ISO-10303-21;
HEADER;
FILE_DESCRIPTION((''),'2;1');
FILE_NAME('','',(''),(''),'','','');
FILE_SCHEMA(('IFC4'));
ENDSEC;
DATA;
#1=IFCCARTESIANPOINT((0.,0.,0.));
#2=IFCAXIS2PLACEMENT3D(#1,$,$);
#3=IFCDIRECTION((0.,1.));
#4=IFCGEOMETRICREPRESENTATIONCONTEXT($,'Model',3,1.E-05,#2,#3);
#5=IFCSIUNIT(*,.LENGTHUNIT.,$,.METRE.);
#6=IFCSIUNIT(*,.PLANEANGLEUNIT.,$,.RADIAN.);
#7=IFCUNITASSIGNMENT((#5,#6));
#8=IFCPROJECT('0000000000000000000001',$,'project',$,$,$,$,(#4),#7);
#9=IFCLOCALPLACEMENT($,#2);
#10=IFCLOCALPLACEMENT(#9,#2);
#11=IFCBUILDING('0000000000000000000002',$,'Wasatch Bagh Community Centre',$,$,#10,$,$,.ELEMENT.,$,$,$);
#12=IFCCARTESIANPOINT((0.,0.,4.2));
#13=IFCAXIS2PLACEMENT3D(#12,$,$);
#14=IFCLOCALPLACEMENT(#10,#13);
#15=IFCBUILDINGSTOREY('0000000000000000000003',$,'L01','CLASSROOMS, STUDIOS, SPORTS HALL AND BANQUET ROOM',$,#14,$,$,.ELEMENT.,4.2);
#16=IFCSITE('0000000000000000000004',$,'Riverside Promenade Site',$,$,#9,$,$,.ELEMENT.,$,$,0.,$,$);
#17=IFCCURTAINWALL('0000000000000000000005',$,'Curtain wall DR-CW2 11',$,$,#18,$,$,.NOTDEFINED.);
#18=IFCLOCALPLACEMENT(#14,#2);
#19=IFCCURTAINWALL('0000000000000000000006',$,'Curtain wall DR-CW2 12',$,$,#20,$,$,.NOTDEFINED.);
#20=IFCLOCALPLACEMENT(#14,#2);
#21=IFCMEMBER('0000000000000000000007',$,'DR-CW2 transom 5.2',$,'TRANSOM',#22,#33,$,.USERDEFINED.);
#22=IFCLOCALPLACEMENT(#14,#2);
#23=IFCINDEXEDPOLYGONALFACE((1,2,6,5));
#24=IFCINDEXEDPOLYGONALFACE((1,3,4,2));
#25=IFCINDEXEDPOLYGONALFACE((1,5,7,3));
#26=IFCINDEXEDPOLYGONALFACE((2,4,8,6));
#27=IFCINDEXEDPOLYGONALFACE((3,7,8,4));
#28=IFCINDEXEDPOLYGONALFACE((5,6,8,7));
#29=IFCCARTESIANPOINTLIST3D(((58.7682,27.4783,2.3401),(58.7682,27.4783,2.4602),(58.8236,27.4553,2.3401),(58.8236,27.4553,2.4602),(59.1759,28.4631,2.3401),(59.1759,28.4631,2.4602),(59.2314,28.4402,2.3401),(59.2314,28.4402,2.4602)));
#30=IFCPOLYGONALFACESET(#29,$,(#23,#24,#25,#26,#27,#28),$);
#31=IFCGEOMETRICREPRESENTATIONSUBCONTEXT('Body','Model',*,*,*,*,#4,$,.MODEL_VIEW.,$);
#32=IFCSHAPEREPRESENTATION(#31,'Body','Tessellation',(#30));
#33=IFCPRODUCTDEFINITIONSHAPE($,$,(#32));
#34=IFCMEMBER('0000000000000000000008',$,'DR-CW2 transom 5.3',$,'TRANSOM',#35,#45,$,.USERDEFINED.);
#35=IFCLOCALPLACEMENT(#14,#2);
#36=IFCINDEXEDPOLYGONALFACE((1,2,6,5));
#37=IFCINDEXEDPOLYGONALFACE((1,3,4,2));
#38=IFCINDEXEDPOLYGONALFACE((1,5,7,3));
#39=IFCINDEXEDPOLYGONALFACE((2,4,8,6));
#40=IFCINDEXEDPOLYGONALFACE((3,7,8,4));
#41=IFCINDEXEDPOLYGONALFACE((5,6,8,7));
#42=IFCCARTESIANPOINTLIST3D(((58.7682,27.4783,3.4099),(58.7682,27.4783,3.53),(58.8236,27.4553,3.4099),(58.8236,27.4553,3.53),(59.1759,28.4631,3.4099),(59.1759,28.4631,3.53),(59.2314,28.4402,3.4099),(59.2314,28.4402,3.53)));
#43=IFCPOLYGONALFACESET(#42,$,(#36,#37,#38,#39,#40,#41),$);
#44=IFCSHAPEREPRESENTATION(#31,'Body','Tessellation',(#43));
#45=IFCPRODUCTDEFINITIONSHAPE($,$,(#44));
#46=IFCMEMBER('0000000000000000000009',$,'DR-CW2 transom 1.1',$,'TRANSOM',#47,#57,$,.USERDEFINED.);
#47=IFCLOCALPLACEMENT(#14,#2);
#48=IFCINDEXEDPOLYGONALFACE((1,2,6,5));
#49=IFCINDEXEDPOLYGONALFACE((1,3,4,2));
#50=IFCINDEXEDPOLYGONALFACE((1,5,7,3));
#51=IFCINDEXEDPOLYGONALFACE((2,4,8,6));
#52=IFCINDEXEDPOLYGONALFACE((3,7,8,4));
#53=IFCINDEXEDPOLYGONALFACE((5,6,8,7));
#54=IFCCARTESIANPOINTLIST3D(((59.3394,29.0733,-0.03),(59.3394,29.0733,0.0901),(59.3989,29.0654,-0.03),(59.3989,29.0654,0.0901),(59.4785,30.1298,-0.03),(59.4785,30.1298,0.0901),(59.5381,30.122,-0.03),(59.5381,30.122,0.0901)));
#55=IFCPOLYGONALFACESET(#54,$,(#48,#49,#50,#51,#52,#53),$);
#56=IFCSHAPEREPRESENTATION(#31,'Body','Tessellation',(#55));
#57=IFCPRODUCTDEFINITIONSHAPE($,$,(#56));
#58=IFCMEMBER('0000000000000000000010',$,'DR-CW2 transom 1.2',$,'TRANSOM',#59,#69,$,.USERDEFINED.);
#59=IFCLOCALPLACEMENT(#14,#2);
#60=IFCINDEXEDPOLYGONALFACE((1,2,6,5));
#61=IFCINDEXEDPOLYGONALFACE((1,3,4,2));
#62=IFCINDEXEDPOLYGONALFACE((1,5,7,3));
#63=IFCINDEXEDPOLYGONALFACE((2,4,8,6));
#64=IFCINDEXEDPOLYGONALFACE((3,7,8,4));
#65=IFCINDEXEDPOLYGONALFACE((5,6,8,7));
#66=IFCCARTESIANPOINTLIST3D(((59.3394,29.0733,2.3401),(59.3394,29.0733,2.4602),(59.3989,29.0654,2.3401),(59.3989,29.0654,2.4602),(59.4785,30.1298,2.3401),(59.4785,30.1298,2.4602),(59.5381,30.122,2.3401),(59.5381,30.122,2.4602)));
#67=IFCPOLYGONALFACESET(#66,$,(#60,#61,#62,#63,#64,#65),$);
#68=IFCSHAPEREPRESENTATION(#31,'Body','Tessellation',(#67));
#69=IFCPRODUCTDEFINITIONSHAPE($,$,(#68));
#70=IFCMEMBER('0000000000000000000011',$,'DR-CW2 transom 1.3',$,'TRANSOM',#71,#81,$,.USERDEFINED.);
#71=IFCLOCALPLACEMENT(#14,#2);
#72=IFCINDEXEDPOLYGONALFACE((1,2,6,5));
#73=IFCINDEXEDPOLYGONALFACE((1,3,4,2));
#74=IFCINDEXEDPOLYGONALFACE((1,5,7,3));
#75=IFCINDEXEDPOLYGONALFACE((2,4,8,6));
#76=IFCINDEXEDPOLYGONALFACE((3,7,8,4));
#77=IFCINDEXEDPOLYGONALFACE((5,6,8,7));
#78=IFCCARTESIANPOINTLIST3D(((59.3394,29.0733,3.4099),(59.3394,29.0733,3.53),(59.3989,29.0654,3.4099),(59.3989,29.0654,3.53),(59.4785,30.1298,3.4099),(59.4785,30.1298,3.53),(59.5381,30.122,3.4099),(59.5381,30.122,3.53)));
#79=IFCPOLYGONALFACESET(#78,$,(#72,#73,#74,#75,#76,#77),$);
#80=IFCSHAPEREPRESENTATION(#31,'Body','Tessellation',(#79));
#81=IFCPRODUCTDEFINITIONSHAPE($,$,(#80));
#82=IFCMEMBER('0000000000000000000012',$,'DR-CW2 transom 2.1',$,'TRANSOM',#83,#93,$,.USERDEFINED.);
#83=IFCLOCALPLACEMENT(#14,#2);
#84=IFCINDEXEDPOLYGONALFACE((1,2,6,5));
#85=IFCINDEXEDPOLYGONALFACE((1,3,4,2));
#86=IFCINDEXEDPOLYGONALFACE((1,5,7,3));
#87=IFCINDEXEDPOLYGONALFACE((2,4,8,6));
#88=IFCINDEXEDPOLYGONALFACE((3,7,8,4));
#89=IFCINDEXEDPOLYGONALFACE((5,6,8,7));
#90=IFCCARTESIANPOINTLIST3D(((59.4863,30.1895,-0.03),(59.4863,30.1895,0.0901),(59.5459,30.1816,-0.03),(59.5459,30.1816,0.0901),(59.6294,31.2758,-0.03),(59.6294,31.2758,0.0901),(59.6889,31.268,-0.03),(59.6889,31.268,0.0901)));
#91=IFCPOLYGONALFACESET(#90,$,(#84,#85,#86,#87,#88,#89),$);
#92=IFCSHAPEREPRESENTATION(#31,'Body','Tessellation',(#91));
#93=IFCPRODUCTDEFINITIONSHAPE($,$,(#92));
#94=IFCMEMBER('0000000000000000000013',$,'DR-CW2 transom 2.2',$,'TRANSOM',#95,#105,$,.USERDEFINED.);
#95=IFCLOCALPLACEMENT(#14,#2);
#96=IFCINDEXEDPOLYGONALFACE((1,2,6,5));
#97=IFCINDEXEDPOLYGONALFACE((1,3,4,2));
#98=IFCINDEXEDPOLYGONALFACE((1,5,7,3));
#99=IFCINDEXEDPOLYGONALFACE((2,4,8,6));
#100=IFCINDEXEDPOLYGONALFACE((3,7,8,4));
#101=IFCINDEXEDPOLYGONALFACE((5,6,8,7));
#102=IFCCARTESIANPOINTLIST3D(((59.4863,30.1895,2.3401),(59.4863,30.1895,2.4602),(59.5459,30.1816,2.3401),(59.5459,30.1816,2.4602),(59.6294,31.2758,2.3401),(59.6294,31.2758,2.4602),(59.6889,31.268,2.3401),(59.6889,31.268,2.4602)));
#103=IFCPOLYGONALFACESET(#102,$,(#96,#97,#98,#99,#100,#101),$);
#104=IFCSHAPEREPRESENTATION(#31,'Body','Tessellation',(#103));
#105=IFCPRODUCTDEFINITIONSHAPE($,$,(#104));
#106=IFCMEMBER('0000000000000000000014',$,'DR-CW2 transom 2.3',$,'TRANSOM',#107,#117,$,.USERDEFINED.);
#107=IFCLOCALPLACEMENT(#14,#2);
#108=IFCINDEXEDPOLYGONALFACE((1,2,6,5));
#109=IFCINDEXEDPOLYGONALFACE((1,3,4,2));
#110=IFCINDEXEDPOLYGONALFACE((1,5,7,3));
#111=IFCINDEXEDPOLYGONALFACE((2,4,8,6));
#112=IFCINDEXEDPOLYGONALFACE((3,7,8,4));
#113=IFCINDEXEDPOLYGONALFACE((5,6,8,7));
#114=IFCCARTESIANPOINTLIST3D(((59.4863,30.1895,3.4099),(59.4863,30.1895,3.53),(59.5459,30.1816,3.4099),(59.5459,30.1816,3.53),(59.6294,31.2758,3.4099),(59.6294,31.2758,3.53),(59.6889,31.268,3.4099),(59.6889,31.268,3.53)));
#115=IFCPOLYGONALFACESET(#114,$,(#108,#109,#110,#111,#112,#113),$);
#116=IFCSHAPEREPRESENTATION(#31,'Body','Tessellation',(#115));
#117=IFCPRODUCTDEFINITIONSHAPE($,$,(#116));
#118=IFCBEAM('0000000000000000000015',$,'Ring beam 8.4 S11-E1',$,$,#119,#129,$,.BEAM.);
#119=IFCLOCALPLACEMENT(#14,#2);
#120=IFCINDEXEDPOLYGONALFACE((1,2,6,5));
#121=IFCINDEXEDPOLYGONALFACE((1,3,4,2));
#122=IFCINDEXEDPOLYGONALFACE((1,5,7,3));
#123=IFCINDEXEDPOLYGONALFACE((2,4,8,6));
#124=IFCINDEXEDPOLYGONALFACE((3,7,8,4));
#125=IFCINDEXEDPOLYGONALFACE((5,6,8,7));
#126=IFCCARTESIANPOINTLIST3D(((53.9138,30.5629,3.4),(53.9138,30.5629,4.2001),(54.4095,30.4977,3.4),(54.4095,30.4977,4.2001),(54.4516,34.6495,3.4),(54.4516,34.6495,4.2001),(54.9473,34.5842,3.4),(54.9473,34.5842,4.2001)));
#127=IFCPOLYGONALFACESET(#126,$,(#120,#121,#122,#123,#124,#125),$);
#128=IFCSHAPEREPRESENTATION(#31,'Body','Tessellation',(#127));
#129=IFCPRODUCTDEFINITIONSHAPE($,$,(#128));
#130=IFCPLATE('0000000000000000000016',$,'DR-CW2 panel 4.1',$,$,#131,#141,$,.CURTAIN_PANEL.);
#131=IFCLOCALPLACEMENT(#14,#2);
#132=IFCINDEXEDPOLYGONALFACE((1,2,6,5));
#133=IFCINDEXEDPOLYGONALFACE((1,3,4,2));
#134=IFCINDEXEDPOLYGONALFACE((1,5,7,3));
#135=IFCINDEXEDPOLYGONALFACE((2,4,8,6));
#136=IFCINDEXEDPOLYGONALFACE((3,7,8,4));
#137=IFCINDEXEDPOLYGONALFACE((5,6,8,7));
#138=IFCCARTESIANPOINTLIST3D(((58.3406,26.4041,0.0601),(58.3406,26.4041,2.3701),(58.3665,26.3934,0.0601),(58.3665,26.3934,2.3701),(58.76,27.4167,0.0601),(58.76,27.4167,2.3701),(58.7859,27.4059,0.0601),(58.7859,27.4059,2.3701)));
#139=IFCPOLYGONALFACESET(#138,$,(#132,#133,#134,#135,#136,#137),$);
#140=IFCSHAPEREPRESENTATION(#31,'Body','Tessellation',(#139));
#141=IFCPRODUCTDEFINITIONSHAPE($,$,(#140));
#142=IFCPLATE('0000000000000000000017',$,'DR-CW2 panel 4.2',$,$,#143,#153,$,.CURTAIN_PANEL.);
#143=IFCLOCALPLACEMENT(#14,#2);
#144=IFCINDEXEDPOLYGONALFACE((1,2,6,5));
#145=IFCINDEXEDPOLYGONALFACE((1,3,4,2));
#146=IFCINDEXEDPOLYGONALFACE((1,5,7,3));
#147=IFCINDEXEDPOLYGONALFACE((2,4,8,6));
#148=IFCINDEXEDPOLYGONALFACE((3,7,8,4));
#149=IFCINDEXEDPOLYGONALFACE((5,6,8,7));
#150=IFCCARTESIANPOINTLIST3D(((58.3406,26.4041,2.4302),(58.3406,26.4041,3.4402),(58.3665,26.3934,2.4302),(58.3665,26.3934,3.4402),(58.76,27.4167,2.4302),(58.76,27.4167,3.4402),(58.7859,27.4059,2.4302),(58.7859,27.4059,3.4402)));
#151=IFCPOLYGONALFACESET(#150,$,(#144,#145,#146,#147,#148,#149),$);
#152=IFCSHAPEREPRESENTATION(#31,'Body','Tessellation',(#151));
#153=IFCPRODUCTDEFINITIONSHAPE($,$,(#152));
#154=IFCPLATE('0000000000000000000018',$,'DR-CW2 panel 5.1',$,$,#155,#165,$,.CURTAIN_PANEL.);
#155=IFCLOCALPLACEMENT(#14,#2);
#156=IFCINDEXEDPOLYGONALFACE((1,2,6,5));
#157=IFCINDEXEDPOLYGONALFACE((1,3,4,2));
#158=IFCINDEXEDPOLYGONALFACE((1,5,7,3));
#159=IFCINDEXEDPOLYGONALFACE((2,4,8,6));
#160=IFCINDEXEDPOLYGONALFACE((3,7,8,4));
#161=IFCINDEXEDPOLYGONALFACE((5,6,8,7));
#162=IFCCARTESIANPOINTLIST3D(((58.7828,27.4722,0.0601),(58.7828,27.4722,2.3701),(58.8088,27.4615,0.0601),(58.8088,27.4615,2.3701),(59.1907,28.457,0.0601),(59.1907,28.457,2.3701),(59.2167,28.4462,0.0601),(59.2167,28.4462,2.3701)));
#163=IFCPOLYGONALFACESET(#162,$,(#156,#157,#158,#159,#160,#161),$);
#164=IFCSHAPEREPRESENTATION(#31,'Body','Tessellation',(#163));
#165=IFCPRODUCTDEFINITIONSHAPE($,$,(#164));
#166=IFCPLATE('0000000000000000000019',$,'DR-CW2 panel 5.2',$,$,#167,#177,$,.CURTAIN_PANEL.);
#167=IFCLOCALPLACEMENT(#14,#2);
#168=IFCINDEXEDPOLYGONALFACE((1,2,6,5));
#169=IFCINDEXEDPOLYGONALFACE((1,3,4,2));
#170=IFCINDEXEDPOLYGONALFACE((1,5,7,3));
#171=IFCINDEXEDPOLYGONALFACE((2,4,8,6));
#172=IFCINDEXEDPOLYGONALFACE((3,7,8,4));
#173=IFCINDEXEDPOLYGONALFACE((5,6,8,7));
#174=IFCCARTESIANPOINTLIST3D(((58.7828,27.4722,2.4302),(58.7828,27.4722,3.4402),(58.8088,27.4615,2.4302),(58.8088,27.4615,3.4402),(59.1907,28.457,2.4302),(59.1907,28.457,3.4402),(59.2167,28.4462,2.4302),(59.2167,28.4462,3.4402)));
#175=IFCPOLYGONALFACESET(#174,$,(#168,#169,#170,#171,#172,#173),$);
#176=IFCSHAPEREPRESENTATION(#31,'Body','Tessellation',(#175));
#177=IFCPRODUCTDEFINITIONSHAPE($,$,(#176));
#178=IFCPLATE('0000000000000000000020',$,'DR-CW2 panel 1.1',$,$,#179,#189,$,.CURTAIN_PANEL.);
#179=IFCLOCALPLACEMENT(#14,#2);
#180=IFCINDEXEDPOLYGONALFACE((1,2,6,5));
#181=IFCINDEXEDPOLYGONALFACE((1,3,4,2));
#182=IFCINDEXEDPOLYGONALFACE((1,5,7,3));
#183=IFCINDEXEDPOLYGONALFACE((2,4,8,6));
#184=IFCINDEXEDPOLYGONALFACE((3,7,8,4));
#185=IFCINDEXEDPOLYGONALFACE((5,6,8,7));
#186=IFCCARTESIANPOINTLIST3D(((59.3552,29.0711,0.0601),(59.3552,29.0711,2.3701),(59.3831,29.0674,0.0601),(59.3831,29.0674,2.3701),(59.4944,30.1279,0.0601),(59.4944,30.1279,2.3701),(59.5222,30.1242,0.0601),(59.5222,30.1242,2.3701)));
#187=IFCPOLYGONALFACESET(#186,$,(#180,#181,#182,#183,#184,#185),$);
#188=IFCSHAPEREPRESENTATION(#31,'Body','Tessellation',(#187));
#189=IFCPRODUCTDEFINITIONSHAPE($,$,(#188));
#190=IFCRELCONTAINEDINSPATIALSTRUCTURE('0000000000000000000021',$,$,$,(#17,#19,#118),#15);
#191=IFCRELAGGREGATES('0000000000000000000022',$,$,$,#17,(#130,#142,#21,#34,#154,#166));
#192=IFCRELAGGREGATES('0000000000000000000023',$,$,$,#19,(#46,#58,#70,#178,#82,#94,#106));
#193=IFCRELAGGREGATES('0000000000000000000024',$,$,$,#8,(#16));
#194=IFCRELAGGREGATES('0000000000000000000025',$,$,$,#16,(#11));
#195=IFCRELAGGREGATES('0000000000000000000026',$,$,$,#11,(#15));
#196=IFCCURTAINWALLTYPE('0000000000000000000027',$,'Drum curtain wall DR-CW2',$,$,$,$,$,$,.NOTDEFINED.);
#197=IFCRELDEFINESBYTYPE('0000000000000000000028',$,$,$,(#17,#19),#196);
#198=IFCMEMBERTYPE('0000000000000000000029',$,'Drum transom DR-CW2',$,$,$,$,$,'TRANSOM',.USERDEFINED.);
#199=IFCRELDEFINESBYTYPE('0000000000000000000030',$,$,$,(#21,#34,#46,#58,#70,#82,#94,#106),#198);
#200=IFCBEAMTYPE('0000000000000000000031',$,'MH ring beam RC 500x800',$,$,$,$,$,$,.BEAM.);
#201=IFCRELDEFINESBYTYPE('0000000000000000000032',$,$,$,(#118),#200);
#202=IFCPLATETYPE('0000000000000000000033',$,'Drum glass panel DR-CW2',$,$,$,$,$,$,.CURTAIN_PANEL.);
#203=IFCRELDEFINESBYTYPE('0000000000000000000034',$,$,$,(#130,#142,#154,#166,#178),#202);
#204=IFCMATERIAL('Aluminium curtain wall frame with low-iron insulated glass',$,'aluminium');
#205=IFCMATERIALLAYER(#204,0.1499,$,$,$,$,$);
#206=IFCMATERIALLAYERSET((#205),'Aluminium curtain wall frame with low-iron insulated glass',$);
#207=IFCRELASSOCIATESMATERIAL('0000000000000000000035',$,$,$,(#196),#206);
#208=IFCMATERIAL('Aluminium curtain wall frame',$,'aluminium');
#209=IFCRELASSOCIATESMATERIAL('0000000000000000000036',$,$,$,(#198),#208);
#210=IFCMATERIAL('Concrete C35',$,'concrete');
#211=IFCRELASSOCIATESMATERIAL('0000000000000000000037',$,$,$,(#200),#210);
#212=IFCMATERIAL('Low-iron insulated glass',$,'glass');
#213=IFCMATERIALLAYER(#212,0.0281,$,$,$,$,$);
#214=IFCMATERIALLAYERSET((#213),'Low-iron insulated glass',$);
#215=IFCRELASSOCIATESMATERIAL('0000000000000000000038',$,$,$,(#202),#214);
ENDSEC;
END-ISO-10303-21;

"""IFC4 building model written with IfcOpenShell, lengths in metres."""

from ifc_helpers import new_model, si_unit, direction, frame, origin, origin_2d, place, context, subcontext, project, spatial, rectangle, extrude, material, layer, layer_set, material_profile, profile_set, type_object, element, aggregate, save


model = new_model("IFC4")

# Units and contexts
model_context = context("Model", 3, precision=1e-05, world=origin(), true_north=direction((0.0, 1.0)))
body_context = subcontext(model_context, "Body", "Model", "MODEL_VIEW")
ifc_project = project(units=[si_unit("LENGTHUNIT", "METRE"), si_unit("PLANEANGLEUNIT", "RADIAN")], contexts=[model_context])

# Site, building, storey
site_placement = place(None, origin())
site = spatial("IfcSite", under=ifc_project, at=site_placement, Name="Riverside Promenade Site", CompositionType="ELEMENT", RefElevation=0.0)
building_placement = place(site_placement, origin())
building = spatial("IfcBuilding", under=site, at=building_placement, Name="Wasatch Bagh Community Centre", CompositionType="ELEMENT")
storey_placement = place(building_placement, frame((0.0, 0.0, 4.2)))
storey = spatial("IfcBuildingStorey", under=building, at=storey_placement, Name="L01", Description="CLASSROOMS, STUDIOS, SPORTS HALL AND BANQUET ROOM", CompositionType="ELEMENT", Elevation=4.2)

# Curtain walls
ifc_material_1 = material(Name="Aluminium curtain wall frame with low-iron insulated glass", Category="aluminium")
ifc_layer_1 = layer(ifc_material_1, 0.1499)
ifc_layer_set_1 = layer_set([ifc_layer_1], Name="Aluminium curtain wall frame with low-iron insulated glass")
curtain_wall_type = type_object("IfcCurtainWallType", Name="Drum curtain wall DR-CW2", PredefinedType="NOTDEFINED", material=ifc_layer_set_1)
curtain_wall_1_placement = place(storey_placement, origin())
curtain_wall_1 = element("IfcCurtainWall", 1, at=curtain_wall_1_placement, inside=storey, type_object=curtain_wall_type, Name="Curtain wall DR-CW2 11", PredefinedType="NOTDEFINED")
ifc_material_2 = material(Name="Aluminium curtain wall frame", Category="aluminium")
curtain_wall_2_placement = place(storey_placement, origin())
curtain_wall_2 = element("IfcCurtainWall", 2, at=curtain_wall_2_placement, inside=storey, type_object=curtain_wall_type, Name="Curtain wall DR-CW2 12", PredefinedType="NOTDEFINED")

# Shared definitions
ifc_material_3 = material(Name="Concrete C35", Category="concrete")

# Members
ifc_material_profile_1 = material_profile(ifc_material_2, rectangle(XDim=0.0601, YDim=0.1201, at=origin_2d()), Name="Drum transom DR-CW2")
ifc_profile_set_1 = profile_set([ifc_material_profile_1], Name="Aluminium curtain wall frame")
member_type_1 = type_object("IfcMemberType", Name="Drum transom DR-CW2", ElementType="TRANSOM", PredefinedType="USERDEFINED", material=ifc_profile_set_1)
member_1_placement = place(storey_placement, frame((58.7959, 27.4668, 2.4001), z_axis=(0.3825, 0.923955, 0.0), x_axis=(-0.923955, 0.3825, 0.0)))
member_1 = element("IfcMember", 3, at=member_1_placement, type_object=member_type_1, Name="DR-CW2 transom 5.2", ObjectType="TRANSOM", PredefinedType="USERDEFINED", context=body_context, shape_type="SweptSolid", body=[
    extrude(rectangle(XDim=0.0601, YDim=0.1201, at=origin_2d()), origin(), (0.0, 0.0, 1.0), 1.0659),
])
member_2_placement = place(storey_placement, frame((58.7959, 27.4668, 3.47), z_axis=(0.3825, 0.923955, 0.0), x_axis=(-0.923955, 0.3825, 0.0)))
member_2 = element("IfcMember", 4, at=member_2_placement, type_object=member_type_1, Name="DR-CW2 transom 5.3", ObjectType="TRANSOM", PredefinedType="USERDEFINED", context=body_context, shape_type="SweptSolid", body=[
    extrude(rectangle(XDim=0.0601, YDim=0.1201, at=origin_2d()), origin(), (0.0, 0.0, 1.0), 1.0659),
])
member_3_placement = place(storey_placement, frame((59.3691, 29.0693, 0.03), z_axis=(0.130573, 0.991439, 0.0), x_axis=(-0.991439, 0.130573, 0.0)))
member_3 = element("IfcMember", 5, at=member_3_placement, type_object=member_type_1, Name="DR-CW2 transom 1.1", ObjectType="TRANSOM", PredefinedType="USERDEFINED", context=body_context, shape_type="SweptSolid", body=[
    extrude(rectangle(XDim=0.0601, YDim=0.1201, at=origin_2d()), origin(), (0.0, 0.0, 1.0), 1.0657),
])
member_4_placement = place(storey_placement, frame((59.3691, 29.0693, 2.4001), z_axis=(0.130573, 0.991439, 0.0), x_axis=(-0.991439, 0.130573, 0.0)))
member_4 = element("IfcMember", 6, at=member_4_placement, type_object=member_type_1, Name="DR-CW2 transom 1.2", ObjectType="TRANSOM", PredefinedType="USERDEFINED", context=body_context, shape_type="SweptSolid", body=[
    extrude(rectangle(XDim=0.0601, YDim=0.1201, at=origin_2d()), origin(), (0.0, 0.0, 1.0), 1.0657),
])
member_5_placement = place(storey_placement, frame((59.3691, 29.0693, 3.47), z_axis=(0.130573, 0.991439, 0.0), x_axis=(-0.991439, 0.130573, 0.0)))
member_5 = element("IfcMember", 7, at=member_5_placement, type_object=member_type_1, Name="DR-CW2 transom 1.3", ObjectType="TRANSOM", PredefinedType="USERDEFINED", context=body_context, shape_type="SweptSolid", body=[
    extrude(rectangle(XDim=0.0601, YDim=0.1201, at=origin_2d()), origin(), (0.0, 0.0, 1.0), 1.0657),
])
member_6_placement = place(storey_placement, frame((59.5161, 30.1855, 0.03), z_axis=(0.130558, 0.991441, 0.0), x_axis=(-0.991441, 0.130558, 0.0)))
member_6 = element("IfcMember", 8, at=member_6_placement, type_object=member_type_1, Name="DR-CW2 transom 2.1", ObjectType="TRANSOM", PredefinedType="USERDEFINED", context=body_context, shape_type="SweptSolid", body=[
    extrude(rectangle(XDim=0.0601, YDim=0.1201, at=origin_2d()), origin(), (0.0, 0.0, 1.0), 1.0957),
])
member_7_placement = place(storey_placement, frame((59.5161, 30.1855, 2.4001), z_axis=(0.130558, 0.991441, 0.0), x_axis=(-0.991441, 0.130558, 0.0)))
member_7 = element("IfcMember", 9, at=member_7_placement, type_object=member_type_1, Name="DR-CW2 transom 2.2", ObjectType="TRANSOM", PredefinedType="USERDEFINED", context=body_context, shape_type="SweptSolid", body=[
    extrude(rectangle(XDim=0.0601, YDim=0.1201, at=origin_2d()), origin(), (0.0, 0.0, 1.0), 1.0957),
])
member_8_placement = place(storey_placement, frame((59.5161, 30.1855, 3.47), z_axis=(0.130558, 0.991441, 0.0), x_axis=(-0.991441, 0.130558, 0.0)))
member_8 = element("IfcMember", 10, at=member_8_placement, type_object=member_type_1, Name="DR-CW2 transom 2.3", ObjectType="TRANSOM", PredefinedType="USERDEFINED", context=body_context, shape_type="SweptSolid", body=[
    extrude(rectangle(XDim=0.0601, YDim=0.1201, at=origin_2d()), origin(), (0.0, 0.0, 1.0), 1.0957),
])

# Beam
ifc_material_profile_2 = material_profile(ifc_material_3, rectangle(XDim=0.5, YDim=0.8, at=origin_2d()), Name="RC 500x800")
ifc_profile_set_2 = profile_set([ifc_material_profile_2], Name="Concrete C35")
beam_type_1 = type_object("IfcBeamType", Name="MH ring beam RC 500x800", PredefinedType="BEAM", material=ifc_profile_set_2)
beam_1_placement = place(storey_placement, frame((54.1616, 30.5303, 3.8), z_axis=(0.130484, 0.99145, 0.0), x_axis=(-0.99145, 0.130484, 0.0)))
element("IfcBeam", 11, at=beam_1_placement, inside=storey, type_object=beam_type_1, Name="Ring beam 8.4 S11-E1", PredefinedType="BEAM", context=body_context, shape_type="SweptSolid", body=[
    extrude(rectangle(XDim=0.5, YDim=0.8, at=origin_2d()), origin(), (0.0, 0.0, 1.0), 4.1218),
])

# Plates
ifc_material_4 = material(Name="Low-iron insulated glass", Category="glass")
ifc_layer_2 = layer(ifc_material_4, 0.0281)
ifc_layer_set_2 = layer_set([ifc_layer_2], Name="Low-iron insulated glass")
plate_type = type_object("IfcPlateType", Name="Drum glass panel DR-CW2", PredefinedType="CURTAIN_PANEL", material=ifc_layer_set_2)
plate_1_placement = place(storey_placement, frame((58.5632, 26.905, 0.0601), z_axis=(0.0, 0.0, 1.0), x_axis=(0.382683, 0.92388, 0.0)))
plate_1 = element("IfcPlate", 12, at=plate_1_placement, type_object=plate_type, Name="DR-CW2 panel 4.1", PredefinedType="CURTAIN_PANEL", context=body_context, shape_type="SweptSolid", body=[
    extrude(rectangle(XDim=1.0959, YDim=0.0281, at=origin_2d()), origin(), (0.0, 0.0, 1.0), 2.3101),
])
plate_2_placement = place(storey_placement, frame((58.5632, 26.905, 2.4302), z_axis=(0.0, 0.0, 1.0), x_axis=(0.382683, 0.92388, 0.0)))
plate_2 = element("IfcPlate", 13, at=plate_2_placement, type_object=plate_type, Name="DR-CW2 panel 4.2", PredefinedType="CURTAIN_PANEL", context=body_context, shape_type="SweptSolid", body=[
    extrude(rectangle(XDim=1.0959, YDim=0.0281, at=origin_2d()), origin(), (0.0, 0.0, 1.0), 1.01),
])
plate_3_placement = place(storey_placement, frame((58.9998, 27.9592, 0.0601), z_axis=(0.0, 0.0, 1.0), x_axis=(0.382683, 0.92388, 0.0)))
plate_3 = element("IfcPlate", 14, at=plate_3_placement, type_object=plate_type, Name="DR-CW2 panel 5.1", PredefinedType="CURTAIN_PANEL", context=body_context, shape_type="SweptSolid", body=[
    extrude(rectangle(XDim=1.0659, YDim=0.0281, at=origin_2d()), origin(), (0.0, 0.0, 1.0), 2.3101),
])
plate_4_placement = place(storey_placement, frame((58.9998, 27.9592, 2.4302), z_axis=(0.0, 0.0, 1.0), x_axis=(0.382683, 0.92388, 0.0)))
plate_4 = element("IfcPlate", 15, at=plate_4_placement, type_object=plate_type, Name="DR-CW2 panel 5.2", PredefinedType="CURTAIN_PANEL", context=body_context, shape_type="SweptSolid", body=[
    extrude(rectangle(XDim=1.0659, YDim=0.0281, at=origin_2d()), origin(), (0.0, 0.0, 1.0), 1.01),
])
aggregate(curtain_wall_1, [plate_1, plate_2, member_1, member_2, plate_3, plate_4])
plate_5_placement = place(storey_placement, frame((59.4387, 29.5977, 0.0601), z_axis=(0.0, 0.0, 1.0), x_axis=(0.130526, 0.991445, 0.0)))
plate_5 = element("IfcPlate", 16, at=plate_5_placement, type_object=plate_type, Name="DR-CW2 panel 1.1", PredefinedType="CURTAIN_PANEL", context=body_context, shape_type="SweptSolid", body=[
    extrude(rectangle(XDim=1.0659, YDim=0.0281, at=origin_2d()), origin(), (0.0, 0.0, 1.0), 2.3101),
])
aggregate(curtain_wall_2, [member_3, member_4, member_5, plate_5, member_6, member_7, member_8])

save(model, "model.ifc")
